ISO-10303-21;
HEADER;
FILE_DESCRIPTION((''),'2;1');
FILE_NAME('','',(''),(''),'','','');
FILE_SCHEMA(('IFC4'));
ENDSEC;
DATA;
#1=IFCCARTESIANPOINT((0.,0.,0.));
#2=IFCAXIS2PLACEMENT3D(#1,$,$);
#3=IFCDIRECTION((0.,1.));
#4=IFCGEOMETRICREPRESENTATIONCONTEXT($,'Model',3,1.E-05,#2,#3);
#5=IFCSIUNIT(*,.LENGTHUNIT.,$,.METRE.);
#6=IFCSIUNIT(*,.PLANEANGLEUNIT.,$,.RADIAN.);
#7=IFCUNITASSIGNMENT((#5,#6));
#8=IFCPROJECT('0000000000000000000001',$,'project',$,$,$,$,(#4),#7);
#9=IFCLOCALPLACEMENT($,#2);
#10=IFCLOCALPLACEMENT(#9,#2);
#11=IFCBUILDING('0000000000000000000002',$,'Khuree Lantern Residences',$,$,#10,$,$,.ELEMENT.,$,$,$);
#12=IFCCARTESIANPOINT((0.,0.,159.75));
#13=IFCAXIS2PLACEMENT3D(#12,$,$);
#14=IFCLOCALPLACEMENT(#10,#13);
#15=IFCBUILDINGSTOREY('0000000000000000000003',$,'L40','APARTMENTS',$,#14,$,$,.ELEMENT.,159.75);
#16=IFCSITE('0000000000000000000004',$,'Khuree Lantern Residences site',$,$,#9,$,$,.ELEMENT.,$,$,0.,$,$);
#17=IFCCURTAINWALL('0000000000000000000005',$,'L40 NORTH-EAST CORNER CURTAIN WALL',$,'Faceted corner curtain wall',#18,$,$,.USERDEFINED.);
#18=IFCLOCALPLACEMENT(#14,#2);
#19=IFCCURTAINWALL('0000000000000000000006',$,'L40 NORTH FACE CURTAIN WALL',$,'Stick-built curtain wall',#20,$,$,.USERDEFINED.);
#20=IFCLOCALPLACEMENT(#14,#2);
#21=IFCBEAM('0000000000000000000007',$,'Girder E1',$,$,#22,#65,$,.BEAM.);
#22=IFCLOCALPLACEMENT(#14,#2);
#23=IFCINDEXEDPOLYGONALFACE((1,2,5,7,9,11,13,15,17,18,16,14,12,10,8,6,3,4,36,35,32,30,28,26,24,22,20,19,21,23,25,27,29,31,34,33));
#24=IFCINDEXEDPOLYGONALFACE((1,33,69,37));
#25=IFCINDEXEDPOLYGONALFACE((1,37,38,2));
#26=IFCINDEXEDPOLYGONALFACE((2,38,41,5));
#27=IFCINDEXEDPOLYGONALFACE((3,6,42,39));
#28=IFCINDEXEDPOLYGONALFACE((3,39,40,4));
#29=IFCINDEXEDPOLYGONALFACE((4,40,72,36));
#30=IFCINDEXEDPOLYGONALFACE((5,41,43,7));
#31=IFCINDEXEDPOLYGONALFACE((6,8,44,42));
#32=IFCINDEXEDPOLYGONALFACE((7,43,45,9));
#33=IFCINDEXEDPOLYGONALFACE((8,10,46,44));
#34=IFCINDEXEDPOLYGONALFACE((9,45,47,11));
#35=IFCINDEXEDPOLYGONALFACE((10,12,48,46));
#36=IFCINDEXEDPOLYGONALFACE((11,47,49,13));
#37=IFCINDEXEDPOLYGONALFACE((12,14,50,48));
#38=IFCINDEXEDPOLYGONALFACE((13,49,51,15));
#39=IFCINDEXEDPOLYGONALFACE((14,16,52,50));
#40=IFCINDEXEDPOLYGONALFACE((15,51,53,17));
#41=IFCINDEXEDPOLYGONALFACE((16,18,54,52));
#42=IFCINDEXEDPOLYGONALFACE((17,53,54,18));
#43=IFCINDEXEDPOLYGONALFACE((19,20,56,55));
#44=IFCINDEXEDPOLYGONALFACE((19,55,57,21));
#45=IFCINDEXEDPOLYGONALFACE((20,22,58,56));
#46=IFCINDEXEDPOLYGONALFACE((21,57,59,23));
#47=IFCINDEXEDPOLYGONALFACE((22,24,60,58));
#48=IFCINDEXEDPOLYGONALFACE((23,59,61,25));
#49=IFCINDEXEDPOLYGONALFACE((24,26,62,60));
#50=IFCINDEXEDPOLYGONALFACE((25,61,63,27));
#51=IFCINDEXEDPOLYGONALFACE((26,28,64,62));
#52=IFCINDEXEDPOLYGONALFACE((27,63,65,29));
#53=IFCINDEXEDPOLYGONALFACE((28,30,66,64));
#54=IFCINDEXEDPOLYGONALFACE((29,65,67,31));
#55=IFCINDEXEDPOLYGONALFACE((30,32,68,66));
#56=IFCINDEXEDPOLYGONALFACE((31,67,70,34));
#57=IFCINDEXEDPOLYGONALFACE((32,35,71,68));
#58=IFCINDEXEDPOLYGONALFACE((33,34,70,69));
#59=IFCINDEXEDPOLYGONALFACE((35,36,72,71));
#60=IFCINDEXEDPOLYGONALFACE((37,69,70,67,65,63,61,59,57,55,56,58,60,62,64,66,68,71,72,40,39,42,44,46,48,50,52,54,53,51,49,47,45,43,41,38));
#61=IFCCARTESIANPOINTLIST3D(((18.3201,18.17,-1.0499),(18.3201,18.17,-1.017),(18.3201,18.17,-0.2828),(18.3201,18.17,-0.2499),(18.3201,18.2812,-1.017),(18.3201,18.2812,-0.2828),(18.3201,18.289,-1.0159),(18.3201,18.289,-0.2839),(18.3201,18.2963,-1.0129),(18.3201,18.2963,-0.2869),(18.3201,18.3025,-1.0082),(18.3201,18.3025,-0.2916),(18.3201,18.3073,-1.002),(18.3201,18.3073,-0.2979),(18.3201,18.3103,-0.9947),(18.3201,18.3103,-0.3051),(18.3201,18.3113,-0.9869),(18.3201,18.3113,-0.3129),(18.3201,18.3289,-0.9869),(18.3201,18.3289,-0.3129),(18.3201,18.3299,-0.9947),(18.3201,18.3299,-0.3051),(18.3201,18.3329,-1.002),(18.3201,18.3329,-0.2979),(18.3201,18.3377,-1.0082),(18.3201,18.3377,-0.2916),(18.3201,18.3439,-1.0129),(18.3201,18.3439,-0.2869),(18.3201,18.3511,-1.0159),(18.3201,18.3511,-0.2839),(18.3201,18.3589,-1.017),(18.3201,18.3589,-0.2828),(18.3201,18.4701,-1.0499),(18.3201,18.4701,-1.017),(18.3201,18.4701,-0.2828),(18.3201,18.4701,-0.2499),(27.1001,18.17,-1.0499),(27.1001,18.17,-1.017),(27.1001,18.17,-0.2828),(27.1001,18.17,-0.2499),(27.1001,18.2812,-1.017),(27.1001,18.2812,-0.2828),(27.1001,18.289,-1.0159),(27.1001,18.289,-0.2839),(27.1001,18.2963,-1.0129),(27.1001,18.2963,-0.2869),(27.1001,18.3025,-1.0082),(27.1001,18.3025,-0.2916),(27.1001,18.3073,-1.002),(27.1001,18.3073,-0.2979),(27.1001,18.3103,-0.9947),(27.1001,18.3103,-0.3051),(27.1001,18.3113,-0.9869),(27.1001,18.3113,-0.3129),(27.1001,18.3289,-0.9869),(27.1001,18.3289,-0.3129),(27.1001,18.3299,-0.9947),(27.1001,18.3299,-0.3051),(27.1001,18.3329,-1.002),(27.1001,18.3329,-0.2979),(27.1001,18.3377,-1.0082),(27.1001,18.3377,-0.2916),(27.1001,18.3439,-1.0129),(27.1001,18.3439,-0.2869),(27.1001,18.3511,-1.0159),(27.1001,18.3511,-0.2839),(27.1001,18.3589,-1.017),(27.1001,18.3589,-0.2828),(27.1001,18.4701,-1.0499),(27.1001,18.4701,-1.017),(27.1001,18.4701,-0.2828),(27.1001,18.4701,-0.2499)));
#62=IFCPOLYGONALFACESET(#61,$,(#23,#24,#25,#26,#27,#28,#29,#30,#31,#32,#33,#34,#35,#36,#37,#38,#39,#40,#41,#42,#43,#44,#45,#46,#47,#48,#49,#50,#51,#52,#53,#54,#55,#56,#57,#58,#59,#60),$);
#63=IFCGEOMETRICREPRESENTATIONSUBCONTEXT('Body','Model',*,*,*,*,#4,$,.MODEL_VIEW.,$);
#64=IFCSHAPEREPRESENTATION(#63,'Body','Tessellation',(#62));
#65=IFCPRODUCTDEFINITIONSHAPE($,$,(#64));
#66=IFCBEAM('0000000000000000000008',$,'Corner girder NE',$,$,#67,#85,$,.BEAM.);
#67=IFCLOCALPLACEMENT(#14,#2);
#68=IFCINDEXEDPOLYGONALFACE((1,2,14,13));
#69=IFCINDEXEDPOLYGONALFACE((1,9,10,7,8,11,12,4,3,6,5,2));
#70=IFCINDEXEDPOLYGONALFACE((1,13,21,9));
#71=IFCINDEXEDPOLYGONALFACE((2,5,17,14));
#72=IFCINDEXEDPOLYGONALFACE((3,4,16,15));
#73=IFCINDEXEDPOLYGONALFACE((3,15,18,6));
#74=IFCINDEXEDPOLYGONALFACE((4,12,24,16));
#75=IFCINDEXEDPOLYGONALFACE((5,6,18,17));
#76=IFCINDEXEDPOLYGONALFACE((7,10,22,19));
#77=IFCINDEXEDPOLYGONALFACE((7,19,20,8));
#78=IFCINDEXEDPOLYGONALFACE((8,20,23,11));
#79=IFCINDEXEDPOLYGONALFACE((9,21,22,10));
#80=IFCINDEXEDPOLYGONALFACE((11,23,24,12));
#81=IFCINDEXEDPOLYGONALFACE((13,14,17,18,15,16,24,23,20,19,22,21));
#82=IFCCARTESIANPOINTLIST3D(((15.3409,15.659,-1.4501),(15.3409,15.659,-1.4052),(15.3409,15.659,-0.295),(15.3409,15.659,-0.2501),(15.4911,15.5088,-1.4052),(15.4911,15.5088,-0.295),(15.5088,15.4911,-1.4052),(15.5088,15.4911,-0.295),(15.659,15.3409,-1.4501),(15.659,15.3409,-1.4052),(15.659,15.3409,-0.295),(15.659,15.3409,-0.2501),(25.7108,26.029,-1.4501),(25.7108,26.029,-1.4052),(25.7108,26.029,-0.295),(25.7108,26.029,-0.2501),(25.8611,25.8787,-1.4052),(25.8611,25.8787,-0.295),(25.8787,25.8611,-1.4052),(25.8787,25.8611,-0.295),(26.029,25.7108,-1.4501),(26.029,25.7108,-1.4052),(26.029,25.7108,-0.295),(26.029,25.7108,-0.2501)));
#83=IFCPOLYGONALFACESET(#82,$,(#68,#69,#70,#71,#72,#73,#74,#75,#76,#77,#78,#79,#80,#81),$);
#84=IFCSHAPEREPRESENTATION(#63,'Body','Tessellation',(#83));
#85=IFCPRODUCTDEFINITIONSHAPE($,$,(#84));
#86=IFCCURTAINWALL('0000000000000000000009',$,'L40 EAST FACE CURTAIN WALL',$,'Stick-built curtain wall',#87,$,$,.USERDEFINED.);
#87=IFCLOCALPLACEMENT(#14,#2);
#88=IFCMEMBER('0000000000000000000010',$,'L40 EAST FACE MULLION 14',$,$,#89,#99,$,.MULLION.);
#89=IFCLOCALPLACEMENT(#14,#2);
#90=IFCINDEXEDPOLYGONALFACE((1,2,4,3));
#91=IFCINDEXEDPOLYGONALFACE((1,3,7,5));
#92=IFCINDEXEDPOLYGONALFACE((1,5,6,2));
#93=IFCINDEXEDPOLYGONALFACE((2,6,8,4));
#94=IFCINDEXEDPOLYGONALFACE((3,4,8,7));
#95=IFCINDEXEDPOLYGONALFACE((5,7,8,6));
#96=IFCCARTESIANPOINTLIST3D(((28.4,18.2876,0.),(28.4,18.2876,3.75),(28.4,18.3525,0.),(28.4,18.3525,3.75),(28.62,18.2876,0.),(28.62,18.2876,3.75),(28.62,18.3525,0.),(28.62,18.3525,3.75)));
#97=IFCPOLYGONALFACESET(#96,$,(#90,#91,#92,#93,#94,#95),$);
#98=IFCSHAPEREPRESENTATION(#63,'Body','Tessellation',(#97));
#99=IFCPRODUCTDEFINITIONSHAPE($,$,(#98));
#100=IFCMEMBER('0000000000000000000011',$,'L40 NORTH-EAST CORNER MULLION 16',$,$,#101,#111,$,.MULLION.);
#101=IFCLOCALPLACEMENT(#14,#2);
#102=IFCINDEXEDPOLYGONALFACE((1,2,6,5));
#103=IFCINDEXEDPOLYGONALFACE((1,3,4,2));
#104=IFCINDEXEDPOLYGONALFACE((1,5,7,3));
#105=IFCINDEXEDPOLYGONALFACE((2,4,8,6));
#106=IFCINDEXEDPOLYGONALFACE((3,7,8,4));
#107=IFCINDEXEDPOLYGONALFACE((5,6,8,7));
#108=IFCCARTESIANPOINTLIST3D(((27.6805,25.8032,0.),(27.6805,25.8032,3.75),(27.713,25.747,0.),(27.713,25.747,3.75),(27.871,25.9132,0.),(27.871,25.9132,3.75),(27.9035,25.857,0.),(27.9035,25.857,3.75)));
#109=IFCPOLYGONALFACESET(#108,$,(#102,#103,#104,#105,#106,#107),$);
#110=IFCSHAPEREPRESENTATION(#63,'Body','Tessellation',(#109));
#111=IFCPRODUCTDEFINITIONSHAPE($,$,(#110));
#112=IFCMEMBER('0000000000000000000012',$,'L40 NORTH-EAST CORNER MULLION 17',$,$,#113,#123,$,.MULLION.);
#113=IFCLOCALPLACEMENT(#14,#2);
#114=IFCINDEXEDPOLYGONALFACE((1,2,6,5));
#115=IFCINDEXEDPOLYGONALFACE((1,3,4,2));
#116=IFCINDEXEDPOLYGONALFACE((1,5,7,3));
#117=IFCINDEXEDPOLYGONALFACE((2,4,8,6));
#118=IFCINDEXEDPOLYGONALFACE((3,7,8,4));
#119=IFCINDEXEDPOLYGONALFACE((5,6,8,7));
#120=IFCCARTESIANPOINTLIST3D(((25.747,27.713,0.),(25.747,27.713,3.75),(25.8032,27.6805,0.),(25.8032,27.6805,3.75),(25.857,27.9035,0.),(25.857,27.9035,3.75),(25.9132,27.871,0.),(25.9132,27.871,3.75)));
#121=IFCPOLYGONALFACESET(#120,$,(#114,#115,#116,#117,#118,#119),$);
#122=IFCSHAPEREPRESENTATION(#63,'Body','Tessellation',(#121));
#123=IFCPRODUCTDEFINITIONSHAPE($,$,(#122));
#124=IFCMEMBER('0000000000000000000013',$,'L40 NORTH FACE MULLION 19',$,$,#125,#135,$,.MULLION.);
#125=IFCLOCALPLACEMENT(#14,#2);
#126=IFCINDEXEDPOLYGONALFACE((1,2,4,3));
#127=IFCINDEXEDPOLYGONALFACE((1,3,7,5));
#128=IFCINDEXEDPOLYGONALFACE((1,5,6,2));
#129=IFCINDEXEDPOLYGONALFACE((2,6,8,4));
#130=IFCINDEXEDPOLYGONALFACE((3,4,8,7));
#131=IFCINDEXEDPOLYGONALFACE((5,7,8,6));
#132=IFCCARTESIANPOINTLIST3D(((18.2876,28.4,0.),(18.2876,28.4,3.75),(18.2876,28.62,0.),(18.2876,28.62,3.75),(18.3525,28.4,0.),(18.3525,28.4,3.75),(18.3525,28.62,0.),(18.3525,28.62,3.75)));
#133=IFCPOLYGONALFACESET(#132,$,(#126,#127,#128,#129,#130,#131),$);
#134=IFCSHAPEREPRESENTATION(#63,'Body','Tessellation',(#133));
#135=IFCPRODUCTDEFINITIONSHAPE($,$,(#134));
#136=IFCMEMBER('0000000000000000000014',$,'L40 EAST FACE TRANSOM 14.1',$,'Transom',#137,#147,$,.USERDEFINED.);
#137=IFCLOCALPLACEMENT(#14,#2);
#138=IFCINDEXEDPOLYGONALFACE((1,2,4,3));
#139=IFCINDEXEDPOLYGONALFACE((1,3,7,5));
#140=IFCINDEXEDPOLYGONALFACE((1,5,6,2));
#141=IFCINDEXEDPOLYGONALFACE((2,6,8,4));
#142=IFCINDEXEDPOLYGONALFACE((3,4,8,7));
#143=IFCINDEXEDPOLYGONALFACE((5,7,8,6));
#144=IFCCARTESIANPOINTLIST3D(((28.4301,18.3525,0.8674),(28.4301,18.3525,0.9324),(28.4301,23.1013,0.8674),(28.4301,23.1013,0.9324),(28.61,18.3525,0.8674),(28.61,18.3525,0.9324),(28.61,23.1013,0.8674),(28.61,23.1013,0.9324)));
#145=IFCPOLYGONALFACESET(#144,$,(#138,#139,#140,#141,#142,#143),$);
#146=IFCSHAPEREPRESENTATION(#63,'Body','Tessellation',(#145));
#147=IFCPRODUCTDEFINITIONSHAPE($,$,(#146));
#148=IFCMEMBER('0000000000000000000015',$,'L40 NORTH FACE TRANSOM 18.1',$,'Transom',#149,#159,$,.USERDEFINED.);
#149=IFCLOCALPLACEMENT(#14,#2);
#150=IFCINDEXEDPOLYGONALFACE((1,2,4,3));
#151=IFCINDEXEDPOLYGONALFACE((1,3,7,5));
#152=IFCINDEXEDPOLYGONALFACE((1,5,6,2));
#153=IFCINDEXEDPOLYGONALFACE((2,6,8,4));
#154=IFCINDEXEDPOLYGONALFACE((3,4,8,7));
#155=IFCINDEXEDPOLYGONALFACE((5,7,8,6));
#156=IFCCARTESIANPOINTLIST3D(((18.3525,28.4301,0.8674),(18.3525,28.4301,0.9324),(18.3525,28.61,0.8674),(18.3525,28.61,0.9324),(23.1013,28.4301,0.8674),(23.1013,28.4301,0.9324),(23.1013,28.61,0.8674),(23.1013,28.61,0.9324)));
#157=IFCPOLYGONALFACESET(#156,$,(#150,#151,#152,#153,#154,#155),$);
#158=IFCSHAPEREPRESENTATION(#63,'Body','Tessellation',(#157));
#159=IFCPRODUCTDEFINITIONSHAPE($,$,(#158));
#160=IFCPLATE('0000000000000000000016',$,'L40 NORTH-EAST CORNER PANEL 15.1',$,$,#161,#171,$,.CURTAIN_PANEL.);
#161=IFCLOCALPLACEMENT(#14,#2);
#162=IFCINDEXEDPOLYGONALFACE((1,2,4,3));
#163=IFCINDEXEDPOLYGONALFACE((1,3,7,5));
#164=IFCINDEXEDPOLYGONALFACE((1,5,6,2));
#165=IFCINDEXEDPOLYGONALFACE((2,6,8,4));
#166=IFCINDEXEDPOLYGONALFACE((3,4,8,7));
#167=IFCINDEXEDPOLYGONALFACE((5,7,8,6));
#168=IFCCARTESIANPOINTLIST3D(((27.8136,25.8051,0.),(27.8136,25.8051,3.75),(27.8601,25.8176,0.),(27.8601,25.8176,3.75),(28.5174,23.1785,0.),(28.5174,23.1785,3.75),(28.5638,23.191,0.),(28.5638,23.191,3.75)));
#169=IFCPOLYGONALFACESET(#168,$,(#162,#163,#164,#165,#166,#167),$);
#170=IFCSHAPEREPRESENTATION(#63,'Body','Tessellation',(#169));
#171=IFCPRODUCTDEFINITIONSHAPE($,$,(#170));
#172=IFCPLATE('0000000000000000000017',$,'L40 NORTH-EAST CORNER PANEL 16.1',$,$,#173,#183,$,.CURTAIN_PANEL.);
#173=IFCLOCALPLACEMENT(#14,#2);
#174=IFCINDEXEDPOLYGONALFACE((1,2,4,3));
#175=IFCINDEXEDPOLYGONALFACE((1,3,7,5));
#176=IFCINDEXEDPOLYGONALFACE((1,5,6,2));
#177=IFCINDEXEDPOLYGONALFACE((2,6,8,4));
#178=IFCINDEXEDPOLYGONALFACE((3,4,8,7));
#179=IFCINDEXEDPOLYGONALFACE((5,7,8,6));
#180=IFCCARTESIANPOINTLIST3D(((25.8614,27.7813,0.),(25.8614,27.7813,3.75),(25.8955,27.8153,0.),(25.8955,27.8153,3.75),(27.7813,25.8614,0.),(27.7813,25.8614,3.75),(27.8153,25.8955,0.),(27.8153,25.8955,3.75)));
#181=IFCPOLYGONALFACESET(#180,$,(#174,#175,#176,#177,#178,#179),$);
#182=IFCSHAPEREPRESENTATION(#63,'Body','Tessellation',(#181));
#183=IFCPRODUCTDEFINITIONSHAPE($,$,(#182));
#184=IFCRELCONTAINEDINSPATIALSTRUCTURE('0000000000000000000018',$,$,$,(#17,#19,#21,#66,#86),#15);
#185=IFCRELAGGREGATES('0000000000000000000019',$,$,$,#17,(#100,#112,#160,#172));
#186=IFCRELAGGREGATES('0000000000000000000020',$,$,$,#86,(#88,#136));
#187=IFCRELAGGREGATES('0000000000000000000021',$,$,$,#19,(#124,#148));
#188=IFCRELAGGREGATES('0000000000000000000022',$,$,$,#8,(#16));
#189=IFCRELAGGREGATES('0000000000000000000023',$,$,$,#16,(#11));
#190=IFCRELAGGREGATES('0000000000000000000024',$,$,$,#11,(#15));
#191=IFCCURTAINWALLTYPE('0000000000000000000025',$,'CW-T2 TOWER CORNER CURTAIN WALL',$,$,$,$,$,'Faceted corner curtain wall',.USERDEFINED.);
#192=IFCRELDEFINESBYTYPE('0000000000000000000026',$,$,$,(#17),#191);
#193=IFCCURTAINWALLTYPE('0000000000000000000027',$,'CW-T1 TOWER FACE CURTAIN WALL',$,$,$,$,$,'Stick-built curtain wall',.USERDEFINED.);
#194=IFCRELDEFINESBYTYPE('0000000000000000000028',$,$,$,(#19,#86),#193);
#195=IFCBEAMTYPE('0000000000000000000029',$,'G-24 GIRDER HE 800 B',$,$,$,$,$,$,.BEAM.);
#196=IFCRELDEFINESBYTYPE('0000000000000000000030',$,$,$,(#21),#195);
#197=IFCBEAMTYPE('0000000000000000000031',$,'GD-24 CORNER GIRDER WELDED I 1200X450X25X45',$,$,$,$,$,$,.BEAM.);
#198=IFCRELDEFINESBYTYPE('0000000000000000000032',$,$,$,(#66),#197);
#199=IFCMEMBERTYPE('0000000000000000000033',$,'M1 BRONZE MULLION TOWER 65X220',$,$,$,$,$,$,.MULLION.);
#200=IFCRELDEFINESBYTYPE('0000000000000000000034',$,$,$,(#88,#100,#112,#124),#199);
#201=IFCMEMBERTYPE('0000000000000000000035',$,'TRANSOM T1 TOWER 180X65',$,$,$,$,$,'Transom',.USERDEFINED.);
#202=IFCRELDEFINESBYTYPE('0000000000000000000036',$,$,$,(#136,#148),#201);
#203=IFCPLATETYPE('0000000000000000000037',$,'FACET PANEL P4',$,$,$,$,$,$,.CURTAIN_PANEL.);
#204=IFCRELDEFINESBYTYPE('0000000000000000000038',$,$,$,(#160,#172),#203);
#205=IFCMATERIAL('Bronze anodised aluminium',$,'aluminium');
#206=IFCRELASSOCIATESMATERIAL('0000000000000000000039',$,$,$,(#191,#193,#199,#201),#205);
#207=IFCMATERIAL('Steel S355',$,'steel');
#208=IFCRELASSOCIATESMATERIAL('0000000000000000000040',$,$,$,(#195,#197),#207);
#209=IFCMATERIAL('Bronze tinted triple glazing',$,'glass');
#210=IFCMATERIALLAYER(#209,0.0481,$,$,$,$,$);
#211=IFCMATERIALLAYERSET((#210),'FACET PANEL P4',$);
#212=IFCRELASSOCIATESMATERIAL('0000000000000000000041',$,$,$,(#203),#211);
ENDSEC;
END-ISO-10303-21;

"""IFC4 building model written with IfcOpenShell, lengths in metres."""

from ifc_helpers import new_model, si_unit, direction, frame, origin, origin_2d, place, context, subcontext, project, spatial, rectangle, i_section, extrude, material, layer, layer_set, material_profile, profile_set, type_object, element, aggregate, save


model = new_model("IFC4")

# Units and contexts
model_context = context("Model", 3, precision=1e-05, world=origin(), true_north=direction((0.0, 1.0)))
body_context = subcontext(model_context, "Body", "Model", "MODEL_VIEW")
ifc_project = project(units=[si_unit("LENGTHUNIT", "METRE"), si_unit("PLANEANGLEUNIT", "RADIAN")], contexts=[model_context])

# Site, building, storey
site_placement = place(None, origin())
site = spatial("IfcSite", under=ifc_project, at=site_placement, Name="Khuree Lantern Residences site", CompositionType="ELEMENT", RefElevation=0.0)
building_placement = place(site_placement, origin())
building = spatial("IfcBuilding", under=site, at=building_placement, Name="Khuree Lantern Residences", CompositionType="ELEMENT")
storey_placement = place(building_placement, frame((0.0, 0.0, 159.75)))
storey = spatial("IfcBuildingStorey", under=building, at=storey_placement, Name="L40", Description="APARTMENTS", CompositionType="ELEMENT", Elevation=159.75)

# Shared definitions
ifc_material_1 = material(Name="Steel S355", Category="steel")

# Curtain walls
ifc_material_2 = material(Name="Bronze anodised aluminium", Category="aluminium")
curtain_wall_type_1 = type_object("IfcCurtainWallType", Name="CW-T2 TOWER CORNER CURTAIN WALL", ElementType="Faceted corner curtain wall", PredefinedType="USERDEFINED", material=ifc_material_2)
curtain_wall_1_placement = place(storey_placement, origin())
curtain_wall_1 = element("IfcCurtainWall", 1, at=curtain_wall_1_placement, inside=storey, type_object=curtain_wall_type_1, Name="L40 NORTH-EAST CORNER CURTAIN WALL", ObjectType="Faceted corner curtain wall", PredefinedType="USERDEFINED")
curtain_wall_type_2 = type_object("IfcCurtainWallType", Name="CW-T1 TOWER FACE CURTAIN WALL", ElementType="Stick-built curtain wall", PredefinedType="USERDEFINED", material=ifc_material_2)
curtain_wall_2_placement = place(storey_placement, origin())
curtain_wall_2 = element("IfcCurtainWall", 2, at=curtain_wall_2_placement, inside=storey, type_object=curtain_wall_type_2, Name="L40 NORTH FACE CURTAIN WALL", ObjectType="Stick-built curtain wall", PredefinedType="USERDEFINED")

# Beams
ifc_material_profile_1 = material_profile(ifc_material_1, i_section(OverallWidth=0.3, OverallDepth=0.8, WebThickness=0.0176, FlangeThickness=0.033, FilletRadius=0.03, at=origin_2d()), Name="HE 800 B")
ifc_profile_set_1 = profile_set([ifc_material_profile_1], Name="Steel S355")
beam_type_1 = type_object("IfcBeamType", Name="G-24 GIRDER HE 800 B", PredefinedType="BEAM", material=ifc_profile_set_1)
for number, where, z_axis, x_axis, name in (
    (3, (27.1001, 18.3201, -0.6499), (-1.0, 0.0, 0.0), (0.0, -1.0, 0.0), "Girder E1"),
):
    element("IfcBeam", number, at=place(storey_placement, frame(where, z_axis=z_axis, x_axis=x_axis)), inside=storey, type_object=beam_type_1, Name=name, PredefinedType="BEAM", context=body_context, shape_type="SweptSolid", body=[
        extrude(i_section(OverallWidth=0.3, OverallDepth=0.8, WebThickness=0.0176, FlangeThickness=0.033, FilletRadius=0.03, at=origin_2d()), origin(), (0.0, 0.0, 1.0), 8.78),
    ])
ifc_material_profile_2 = material_profile(ifc_material_1, i_section(OverallWidth=0.45, OverallDepth=1.2, WebThickness=0.0249, FlangeThickness=0.0449, at=origin_2d()), Name="WELDED I 1200X450X25X45")
ifc_profile_set_2 = profile_set([ifc_material_profile_2], Name="Steel S355")
beam_type_2 = type_object("IfcBeamType", Name="GD-24 CORNER GIRDER WELDED I 1200X450X25X45", PredefinedType="BEAM", material=ifc_profile_set_2)
beam_1_placement = place(storey_placement, frame((25.8699, 25.8699, -0.8501), z_axis=(-0.707107, -0.707107, 0.0), x_axis=(0.707107, -0.707107, 0.0)))
element("IfcBeam", 4, at=beam_1_placement, inside=storey, type_object=beam_type_2, Name="Corner girder NE", PredefinedType="BEAM", context=body_context, shape_type="SweptSolid", body=[
    extrude(i_section(OverallWidth=0.45, OverallDepth=1.2, WebThickness=0.0249, FlangeThickness=0.0449, at=origin_2d()), origin(), (0.0, 0.0, 1.0), 14.6653),
])

# Curtain wall, member
curtain_wall_3_placement = place(storey_placement, origin())
curtain_wall_3 = element("IfcCurtainWall", 5, at=curtain_wall_3_placement, inside=storey, type_object=curtain_wall_type_2, Name="L40 EAST FACE CURTAIN WALL", ObjectType="Stick-built curtain wall", PredefinedType="USERDEFINED")
ifc_material_profile_3 = material_profile(ifc_material_2, rectangle(XDim=0.0649, YDim=0.22, at=origin_2d()), Name="M1 65X220")
ifc_profile_set_3 = profile_set([ifc_material_profile_3], Name="Bronze anodised aluminium")
member_type_1 = type_object("IfcMemberType", Name="M1 BRONZE MULLION TOWER 65X220", PredefinedType="MULLION", material=ifc_profile_set_3)
member_1_placement = place(storey_placement, frame((28.51, 18.3201, 0.0), z_axis=(0.0, 0.0, 1.0), x_axis=(0.0, 1.0, 0.0)))
member_1 = element("IfcMember", 6, at=member_1_placement, type_object=member_type_1, Name="L40 EAST FACE MULLION 14", PredefinedType="MULLION", context=body_context, shape_type="SweptSolid", body=[
    extrude(rectangle(XDim=0.0649, YDim=0.22, at=origin_2d()), origin(), (0.0, 0.0, 1.0), 3.75),
])

# Members
member_2_placement = place(storey_placement, frame((27.792, 25.8301, 0.0), z_axis=(0.0, 0.0, 1.0), x_axis=(-0.5, 0.866025, 0.0)))
member_2 = element("IfcMember", 7, at=member_2_placement, type_object=member_type_1, Name="L40 NORTH-EAST CORNER MULLION 16", PredefinedType="MULLION", context=body_context, shape_type="SweptSolid", body=[
    extrude(rectangle(XDim=0.0649, YDim=0.22, at=origin_2d()), origin(), (0.0, 0.0, 1.0), 3.75),
])
member_3_placement = place(storey_placement, frame((25.8301, 27.792, 0.0), z_axis=(0.0, 0.0, 1.0), x_axis=(-0.866025, 0.5, 0.0)))
member_3 = element("IfcMember", 8, at=member_3_placement, type_object=member_type_1, Name="L40 NORTH-EAST CORNER MULLION 17", PredefinedType="MULLION", context=body_context, shape_type="SweptSolid", body=[
    extrude(rectangle(XDim=0.0649, YDim=0.22, at=origin_2d()), origin(), (0.0, 0.0, 1.0), 3.75),
])
member_4_placement = place(storey_placement, frame((18.3201, 28.51, 0.0), z_axis=(0.0, 0.0, 1.0), x_axis=(-1.0, 0.0, 0.0)))
member_4 = element("IfcMember", 9, at=member_4_placement, type_object=member_type_1, Name="L40 NORTH FACE MULLION 19", PredefinedType="MULLION", context=body_context, shape_type="SweptSolid", body=[
    extrude(rectangle(XDim=0.0649, YDim=0.22, at=origin_2d()), origin(), (0.0, 0.0, 1.0), 3.75),
])
ifc_material_profile_4 = material_profile(ifc_material_2, rectangle(XDim=0.1799, YDim=0.0649, at=origin_2d()), Name="T1 180X65")
ifc_profile_set_4 = profile_set([ifc_material_profile_4], Name="Bronze anodised aluminium")
member_type_2 = type_object("IfcMemberType", Name="TRANSOM T1 TOWER 180X65", ElementType="Transom", PredefinedType="USERDEFINED", material=ifc_profile_set_4)
member_5_placement = place(storey_placement, frame((28.52, 18.3525, 0.8999), z_axis=(0.0, 1.0, 0.0), x_axis=(-1.0, 0.0, 0.0)))
member_5 = element("IfcMember", 10, at=member_5_placement, type_object=member_type_2, Name="L40 EAST FACE TRANSOM 14.1", ObjectType="Transom", PredefinedType="USERDEFINED", context=body_context, shape_type="SweptSolid", body=[
    extrude(rectangle(XDim=0.1799, YDim=0.0649, at=origin_2d()), origin(), (0.0, 0.0, 1.0), 4.7488),
])
member_6_placement = place(storey_placement, frame((23.1013, 28.52, 0.8999), z_axis=(-1.0, 0.0, 0.0), x_axis=(0.0, -1.0, 0.0)))
member_6 = element("IfcMember", 11, at=member_6_placement, type_object=member_type_2, Name="L40 NORTH FACE TRANSOM 18.1", ObjectType="Transom", PredefinedType="USERDEFINED", context=body_context, shape_type="SweptSolid", body=[
    extrude(rectangle(XDim=0.1799, YDim=0.0649, at=origin_2d()), origin(), (0.0, 0.0, 1.0), 4.7488),
])

# Plates
ifc_material_3 = material(Name="Bronze tinted triple glazing", Category="glass")
ifc_layer_1 = layer(ifc_material_3, 0.0481)
ifc_layer_set_1 = layer_set([ifc_layer_1], Name="FACET PANEL P4")
plate_type_1 = type_object("IfcPlateType", Name="FACET PANEL P4", PredefinedType="CURTAIN_PANEL", material=ifc_layer_set_1)
plate_1_placement = place(storey_placement, frame((28.1887, 24.498, 0.0), z_axis=(0.0, 0.0, 1.0), x_axis=(-0.258819, 0.965926, 0.0)))
plate_1 = element("IfcPlate", 12, at=plate_1_placement, type_object=plate_type_1, Name="L40 NORTH-EAST CORNER PANEL 15.1", PredefinedType="CURTAIN_PANEL", context=body_context, shape_type="SweptSolid", body=[
    extrude(rectangle(XDim=2.7192, YDim=0.0481, at=origin_2d()), origin(), (0.0, 0.0, 1.0), 3.75),
])
plate_2_placement = place(storey_placement, frame((26.8384, 26.8384, 0.0), z_axis=(0.0, 0.0, 1.0), x_axis=(-0.707107, 0.707107, 0.0)))
plate_2 = element("IfcPlate", 13, at=plate_2_placement, type_object=plate_type_1, Name="L40 NORTH-EAST CORNER PANEL 16.1", PredefinedType="CURTAIN_PANEL", context=body_context, shape_type="SweptSolid", body=[
    extrude(rectangle(XDim=2.7151, YDim=0.0481, at=origin_2d()), origin(), (0.0, 0.0, 1.0), 3.75),
])
aggregate(curtain_wall_1, [member_2, member_3, plate_1, plate_2])
aggregate(curtain_wall_3, [member_1, member_5])
aggregate(curtain_wall_2, [member_4, member_6])

save(model, "model.ifc")
